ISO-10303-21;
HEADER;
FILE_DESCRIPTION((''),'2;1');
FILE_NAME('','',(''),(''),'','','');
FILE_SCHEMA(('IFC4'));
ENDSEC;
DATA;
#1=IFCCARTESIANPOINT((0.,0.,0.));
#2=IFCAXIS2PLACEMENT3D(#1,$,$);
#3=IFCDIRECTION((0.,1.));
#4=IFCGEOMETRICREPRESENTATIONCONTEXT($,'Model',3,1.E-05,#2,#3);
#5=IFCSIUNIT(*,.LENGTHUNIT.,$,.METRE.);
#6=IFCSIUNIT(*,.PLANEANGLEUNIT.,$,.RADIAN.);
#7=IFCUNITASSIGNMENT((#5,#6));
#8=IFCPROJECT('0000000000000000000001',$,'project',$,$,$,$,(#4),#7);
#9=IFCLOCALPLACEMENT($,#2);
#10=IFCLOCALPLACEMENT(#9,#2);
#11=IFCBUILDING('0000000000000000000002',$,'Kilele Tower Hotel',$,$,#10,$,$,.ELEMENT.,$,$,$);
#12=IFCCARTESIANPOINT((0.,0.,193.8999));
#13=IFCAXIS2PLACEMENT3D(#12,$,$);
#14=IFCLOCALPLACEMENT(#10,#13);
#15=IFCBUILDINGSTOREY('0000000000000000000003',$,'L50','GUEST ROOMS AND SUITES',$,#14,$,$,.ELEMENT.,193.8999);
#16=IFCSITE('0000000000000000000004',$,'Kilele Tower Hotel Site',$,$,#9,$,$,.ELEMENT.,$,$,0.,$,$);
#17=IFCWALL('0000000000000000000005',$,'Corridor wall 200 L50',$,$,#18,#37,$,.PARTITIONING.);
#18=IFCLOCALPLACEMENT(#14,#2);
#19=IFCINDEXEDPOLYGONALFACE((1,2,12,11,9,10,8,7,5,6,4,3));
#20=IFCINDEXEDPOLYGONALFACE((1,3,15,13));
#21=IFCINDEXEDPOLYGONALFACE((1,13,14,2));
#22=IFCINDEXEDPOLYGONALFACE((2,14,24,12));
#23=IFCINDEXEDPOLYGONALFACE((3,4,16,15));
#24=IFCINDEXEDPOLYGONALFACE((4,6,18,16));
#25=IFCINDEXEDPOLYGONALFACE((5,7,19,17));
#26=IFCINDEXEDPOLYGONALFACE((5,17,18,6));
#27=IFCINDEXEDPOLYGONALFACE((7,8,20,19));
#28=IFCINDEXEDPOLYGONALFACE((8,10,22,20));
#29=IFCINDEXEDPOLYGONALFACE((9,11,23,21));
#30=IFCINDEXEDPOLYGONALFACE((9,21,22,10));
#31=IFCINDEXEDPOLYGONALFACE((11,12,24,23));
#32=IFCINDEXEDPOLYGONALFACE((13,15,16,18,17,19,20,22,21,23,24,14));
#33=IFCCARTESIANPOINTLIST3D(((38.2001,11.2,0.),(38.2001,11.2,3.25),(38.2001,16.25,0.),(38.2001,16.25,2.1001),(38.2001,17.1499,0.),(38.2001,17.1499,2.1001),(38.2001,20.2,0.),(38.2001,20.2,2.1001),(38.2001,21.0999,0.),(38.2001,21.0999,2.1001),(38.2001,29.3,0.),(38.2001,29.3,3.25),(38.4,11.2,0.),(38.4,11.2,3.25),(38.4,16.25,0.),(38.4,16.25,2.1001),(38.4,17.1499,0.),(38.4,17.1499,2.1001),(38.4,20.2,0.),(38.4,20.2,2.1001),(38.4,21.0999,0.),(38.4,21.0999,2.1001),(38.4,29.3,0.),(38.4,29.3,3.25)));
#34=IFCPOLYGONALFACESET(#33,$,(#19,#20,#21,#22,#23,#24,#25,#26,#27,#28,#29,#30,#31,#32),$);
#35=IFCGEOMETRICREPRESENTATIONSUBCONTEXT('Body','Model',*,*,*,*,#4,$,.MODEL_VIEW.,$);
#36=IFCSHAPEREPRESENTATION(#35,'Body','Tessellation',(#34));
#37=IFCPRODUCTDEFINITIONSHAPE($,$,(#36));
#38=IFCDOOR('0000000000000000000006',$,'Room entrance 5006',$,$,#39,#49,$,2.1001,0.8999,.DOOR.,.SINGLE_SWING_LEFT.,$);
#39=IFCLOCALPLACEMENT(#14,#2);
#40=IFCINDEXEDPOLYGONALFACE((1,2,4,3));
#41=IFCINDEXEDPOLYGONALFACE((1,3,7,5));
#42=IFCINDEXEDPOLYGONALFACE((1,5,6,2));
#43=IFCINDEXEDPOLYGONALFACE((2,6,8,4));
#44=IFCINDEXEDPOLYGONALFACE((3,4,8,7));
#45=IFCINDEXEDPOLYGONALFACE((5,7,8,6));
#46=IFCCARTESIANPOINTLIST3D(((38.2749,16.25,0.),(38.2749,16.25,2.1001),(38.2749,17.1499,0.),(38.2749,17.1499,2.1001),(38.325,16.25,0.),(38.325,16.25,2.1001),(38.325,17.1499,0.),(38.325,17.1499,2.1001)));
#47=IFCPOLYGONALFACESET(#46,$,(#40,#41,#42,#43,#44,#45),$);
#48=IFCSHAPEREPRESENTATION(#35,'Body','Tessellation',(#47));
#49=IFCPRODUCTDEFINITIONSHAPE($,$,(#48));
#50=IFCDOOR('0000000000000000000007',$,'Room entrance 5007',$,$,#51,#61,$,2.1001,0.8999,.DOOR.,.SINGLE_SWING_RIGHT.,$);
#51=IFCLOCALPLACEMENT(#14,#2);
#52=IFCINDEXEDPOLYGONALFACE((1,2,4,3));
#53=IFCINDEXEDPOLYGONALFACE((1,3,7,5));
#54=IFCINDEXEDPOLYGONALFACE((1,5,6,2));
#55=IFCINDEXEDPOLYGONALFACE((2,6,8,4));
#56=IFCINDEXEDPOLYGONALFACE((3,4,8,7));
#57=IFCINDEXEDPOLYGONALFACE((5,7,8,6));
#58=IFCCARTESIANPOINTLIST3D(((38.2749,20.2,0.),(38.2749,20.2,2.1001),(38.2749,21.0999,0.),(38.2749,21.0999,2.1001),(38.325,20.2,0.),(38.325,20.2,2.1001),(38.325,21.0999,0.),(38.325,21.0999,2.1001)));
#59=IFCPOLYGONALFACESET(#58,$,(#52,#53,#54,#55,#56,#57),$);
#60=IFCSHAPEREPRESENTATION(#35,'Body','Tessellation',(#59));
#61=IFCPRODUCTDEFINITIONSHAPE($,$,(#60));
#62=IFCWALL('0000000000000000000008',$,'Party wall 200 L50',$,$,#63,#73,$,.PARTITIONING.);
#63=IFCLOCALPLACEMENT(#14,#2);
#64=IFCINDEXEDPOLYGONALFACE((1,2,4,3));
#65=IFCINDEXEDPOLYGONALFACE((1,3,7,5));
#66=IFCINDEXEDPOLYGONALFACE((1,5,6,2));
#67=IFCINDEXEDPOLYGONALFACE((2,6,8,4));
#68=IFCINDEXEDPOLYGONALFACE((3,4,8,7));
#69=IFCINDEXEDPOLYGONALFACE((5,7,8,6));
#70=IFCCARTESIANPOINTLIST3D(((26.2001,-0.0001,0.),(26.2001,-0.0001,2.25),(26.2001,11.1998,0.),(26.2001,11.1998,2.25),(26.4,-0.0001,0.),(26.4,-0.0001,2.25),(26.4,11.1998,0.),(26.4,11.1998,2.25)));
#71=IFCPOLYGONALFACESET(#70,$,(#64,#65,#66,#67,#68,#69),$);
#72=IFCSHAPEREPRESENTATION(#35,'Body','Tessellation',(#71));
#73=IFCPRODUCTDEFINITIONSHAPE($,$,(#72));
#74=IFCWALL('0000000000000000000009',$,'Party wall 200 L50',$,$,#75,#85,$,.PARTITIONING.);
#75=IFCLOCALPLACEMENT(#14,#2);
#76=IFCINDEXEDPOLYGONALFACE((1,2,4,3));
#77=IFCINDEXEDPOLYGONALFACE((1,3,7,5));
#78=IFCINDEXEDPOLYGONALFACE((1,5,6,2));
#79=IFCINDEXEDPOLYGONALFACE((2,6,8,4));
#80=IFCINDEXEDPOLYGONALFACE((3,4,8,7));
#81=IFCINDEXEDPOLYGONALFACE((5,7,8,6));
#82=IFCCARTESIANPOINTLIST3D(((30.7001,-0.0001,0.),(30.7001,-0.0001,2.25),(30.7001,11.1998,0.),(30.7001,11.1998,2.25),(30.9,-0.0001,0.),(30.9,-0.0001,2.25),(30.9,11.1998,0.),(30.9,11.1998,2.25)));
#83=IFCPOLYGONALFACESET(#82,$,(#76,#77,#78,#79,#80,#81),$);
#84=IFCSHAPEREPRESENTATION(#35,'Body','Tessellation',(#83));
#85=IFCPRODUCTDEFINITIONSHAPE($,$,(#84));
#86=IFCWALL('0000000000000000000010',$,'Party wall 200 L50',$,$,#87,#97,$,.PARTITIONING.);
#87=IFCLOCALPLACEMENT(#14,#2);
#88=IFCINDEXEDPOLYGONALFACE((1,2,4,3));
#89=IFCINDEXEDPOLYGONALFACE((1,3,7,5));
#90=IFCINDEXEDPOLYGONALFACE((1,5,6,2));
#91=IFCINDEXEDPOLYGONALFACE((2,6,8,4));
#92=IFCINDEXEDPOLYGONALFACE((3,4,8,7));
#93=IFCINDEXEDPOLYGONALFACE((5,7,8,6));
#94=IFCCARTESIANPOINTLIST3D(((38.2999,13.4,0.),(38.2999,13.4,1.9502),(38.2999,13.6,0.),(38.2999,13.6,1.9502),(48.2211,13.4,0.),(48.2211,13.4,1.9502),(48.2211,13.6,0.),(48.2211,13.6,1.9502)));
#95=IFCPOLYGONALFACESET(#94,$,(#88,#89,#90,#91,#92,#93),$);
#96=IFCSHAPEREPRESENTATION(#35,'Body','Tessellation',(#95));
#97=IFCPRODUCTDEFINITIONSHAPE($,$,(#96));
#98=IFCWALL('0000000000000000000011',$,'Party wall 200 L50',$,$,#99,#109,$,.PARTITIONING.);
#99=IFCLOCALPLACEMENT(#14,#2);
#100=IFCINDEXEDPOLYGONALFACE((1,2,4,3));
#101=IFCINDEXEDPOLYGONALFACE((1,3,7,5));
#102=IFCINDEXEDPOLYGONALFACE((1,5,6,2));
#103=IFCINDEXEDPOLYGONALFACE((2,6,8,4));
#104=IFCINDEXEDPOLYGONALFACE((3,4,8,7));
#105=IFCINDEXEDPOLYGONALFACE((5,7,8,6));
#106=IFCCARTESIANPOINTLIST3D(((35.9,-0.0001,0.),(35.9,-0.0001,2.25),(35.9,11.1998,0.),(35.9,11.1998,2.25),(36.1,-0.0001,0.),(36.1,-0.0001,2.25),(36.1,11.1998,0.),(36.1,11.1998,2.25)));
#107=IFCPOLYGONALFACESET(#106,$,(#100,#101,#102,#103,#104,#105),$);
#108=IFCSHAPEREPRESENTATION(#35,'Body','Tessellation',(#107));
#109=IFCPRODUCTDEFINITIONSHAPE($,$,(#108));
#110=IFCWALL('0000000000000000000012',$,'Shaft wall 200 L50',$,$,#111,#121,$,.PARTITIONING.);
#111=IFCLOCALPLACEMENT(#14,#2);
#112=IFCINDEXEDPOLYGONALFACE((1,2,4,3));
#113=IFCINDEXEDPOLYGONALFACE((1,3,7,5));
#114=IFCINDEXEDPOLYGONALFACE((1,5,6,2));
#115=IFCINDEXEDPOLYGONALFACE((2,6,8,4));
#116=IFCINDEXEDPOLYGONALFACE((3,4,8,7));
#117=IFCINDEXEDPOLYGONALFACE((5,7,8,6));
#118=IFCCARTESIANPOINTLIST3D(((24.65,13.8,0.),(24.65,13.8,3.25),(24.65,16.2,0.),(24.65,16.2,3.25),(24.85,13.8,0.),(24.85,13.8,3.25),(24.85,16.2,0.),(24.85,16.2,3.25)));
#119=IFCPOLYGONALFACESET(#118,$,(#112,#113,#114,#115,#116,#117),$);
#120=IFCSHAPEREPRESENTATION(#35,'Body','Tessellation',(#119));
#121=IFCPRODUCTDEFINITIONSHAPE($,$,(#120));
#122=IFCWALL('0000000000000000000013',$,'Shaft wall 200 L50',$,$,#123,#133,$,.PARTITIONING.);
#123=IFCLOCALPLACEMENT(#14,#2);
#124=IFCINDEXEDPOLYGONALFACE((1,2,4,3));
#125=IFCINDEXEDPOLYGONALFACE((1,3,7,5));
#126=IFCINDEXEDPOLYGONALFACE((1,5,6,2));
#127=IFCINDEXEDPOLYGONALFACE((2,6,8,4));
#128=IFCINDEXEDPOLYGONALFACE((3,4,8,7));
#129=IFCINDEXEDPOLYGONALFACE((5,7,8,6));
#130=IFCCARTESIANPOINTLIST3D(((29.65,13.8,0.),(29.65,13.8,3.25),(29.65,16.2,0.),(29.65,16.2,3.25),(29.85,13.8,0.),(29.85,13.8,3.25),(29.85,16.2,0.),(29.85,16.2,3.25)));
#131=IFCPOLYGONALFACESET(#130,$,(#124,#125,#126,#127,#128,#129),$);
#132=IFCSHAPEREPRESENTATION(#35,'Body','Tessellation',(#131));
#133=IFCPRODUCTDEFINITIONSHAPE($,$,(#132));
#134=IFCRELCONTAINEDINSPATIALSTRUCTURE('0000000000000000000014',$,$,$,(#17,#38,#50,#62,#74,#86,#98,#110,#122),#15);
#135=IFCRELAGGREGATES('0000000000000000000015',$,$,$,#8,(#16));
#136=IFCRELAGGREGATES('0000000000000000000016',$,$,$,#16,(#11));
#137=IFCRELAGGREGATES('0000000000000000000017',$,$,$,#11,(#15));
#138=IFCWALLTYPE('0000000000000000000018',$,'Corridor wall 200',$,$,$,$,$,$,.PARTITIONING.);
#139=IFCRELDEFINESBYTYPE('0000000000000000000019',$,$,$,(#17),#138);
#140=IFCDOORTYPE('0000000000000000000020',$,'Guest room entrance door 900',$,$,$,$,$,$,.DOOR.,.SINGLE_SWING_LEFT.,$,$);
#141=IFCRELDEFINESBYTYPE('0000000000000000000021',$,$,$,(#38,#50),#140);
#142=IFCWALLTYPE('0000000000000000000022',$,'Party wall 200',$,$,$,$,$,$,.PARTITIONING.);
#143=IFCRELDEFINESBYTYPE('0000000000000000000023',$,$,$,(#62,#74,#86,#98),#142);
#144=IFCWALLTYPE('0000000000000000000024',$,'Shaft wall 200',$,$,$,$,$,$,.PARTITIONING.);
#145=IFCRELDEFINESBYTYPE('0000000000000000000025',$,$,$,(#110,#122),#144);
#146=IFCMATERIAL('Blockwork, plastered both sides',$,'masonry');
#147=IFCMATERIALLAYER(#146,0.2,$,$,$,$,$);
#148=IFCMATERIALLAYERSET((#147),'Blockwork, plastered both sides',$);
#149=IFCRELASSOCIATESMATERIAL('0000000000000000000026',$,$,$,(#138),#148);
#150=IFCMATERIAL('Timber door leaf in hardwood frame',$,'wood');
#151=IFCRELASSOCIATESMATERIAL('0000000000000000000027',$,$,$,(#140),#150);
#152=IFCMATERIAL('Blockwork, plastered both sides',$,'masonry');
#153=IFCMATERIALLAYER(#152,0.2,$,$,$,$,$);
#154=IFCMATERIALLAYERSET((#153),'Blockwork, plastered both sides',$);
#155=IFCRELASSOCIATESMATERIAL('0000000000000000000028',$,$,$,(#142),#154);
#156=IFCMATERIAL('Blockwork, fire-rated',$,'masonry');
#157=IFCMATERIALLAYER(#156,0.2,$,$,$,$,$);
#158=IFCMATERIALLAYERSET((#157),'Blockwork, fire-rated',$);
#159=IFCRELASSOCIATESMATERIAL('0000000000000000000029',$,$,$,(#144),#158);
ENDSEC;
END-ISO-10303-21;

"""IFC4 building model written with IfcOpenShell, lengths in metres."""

from ifc_helpers import new_model, si_unit, direction, frame, frame_2d, origin, place, context, subcontext, project, spatial, rectangle, extrude, material, layer, layer_set, type_object, element, fill, save


model = new_model("IFC4")

# Units and contexts
model_context = context("Model", 3, precision=1e-05, world=origin(), true_north=direction((0.0, 1.0)))
body_context = subcontext(model_context, "Body", "Model", "MODEL_VIEW")
ifc_project = project(units=[si_unit("LENGTHUNIT", "METRE"), si_unit("PLANEANGLEUNIT", "RADIAN")], contexts=[model_context])

# Site, building, storey
site_placement = place(None, origin())
site = spatial("IfcSite", under=ifc_project, at=site_placement, Name="Kilele Tower Hotel Site", CompositionType="ELEMENT", RefElevation=0.0)
building_placement = place(site_placement, origin())
building = spatial("IfcBuilding", under=site, at=building_placement, Name="Kilele Tower Hotel", CompositionType="ELEMENT")
storey_placement = place(building_placement, frame((0.0, 0.0, 193.8999)))
storey = spatial("IfcBuildingStorey", under=building, at=storey_placement, Name="L50", Description="GUEST ROOMS AND SUITES", CompositionType="ELEMENT", Elevation=193.8999)

# Wall, openings, doors
ifc_material_1 = material(Name="Blockwork, plastered both sides", Category="masonry")
ifc_layer_1 = layer(ifc_material_1, 0.2)
ifc_layer_set_1 = layer_set([ifc_layer_1], Name="Blockwork, plastered both sides")
wall_type_1 = type_object("IfcWallType", Name="Corridor wall 200", PredefinedType="PARTITIONING", material=ifc_layer_set_1)
wall_1_placement = place(storey_placement, frame((38.3, 11.2, 0.0), z_axis=(0.0, 0.0, 1.0), x_axis=(0.0, 1.0, 0.0)))
wall_1 = element("IfcWall", 1, at=wall_1_placement, inside=storey, type_object=wall_type_1, Name="Corridor wall 200 L50", PredefinedType="PARTITIONING", context=body_context, shape_type="SweptSolid", body=[
    extrude(rectangle(XDim=18.1001, YDim=0.2, at=frame_2d((9.05, 0.0))), origin(), (0.0, 0.0, 1.0), 3.25),
])
opening_1_placement = place(wall_1_placement, frame((5.95, 0.0, 0.0), z_axis=(0.0, 0.0, 1.0), x_axis=(-1.0, 0.0, 0.0)))
opening_1 = element("IfcOpeningElement", 2, at=opening_1_placement, cuts=wall_1, PredefinedType="OPENING", context=body_context, shape_type="SweptSolid", body=[
    extrude(rectangle(XDim=0.8999, YDim=2.1001, at=frame_2d((0.45, 1.05))), frame((0.0, 0.1099, 0.0), z_axis=(0.0, -1.0, 0.0), x_axis=(1.0, 0.0, 0.0)), (0.0, 0.0, 1.0), 0.22),
])
opening_2_placement = place(wall_1_placement, frame((9.8999, 0.0, 0.0), z_axis=(0.0, 0.0, 1.0), x_axis=(-1.0, 0.0, 0.0)))
opening_2 = element("IfcOpeningElement", 3, at=opening_2_placement, cuts=wall_1, PredefinedType="OPENING", context=body_context, shape_type="SweptSolid", body=[
    extrude(rectangle(XDim=0.8999, YDim=2.1001, at=frame_2d((0.45, 1.05))), frame((0.0, 0.1099, 0.0), z_axis=(0.0, -1.0, 0.0), x_axis=(1.0, 0.0, 0.0)), (0.0, 0.0, 1.0), 0.22),
])
ifc_material_2 = material(Name="Timber door leaf in hardwood frame", Category="wood")
door_type_1 = type_object("IfcDoorType", Name="Guest room entrance door 900", OperationType="SINGLE_SWING_LEFT", PredefinedType="DOOR", material=ifc_material_2)
door_1_placement = place(opening_1_placement, origin())
door_1 = element("IfcDoor", 4, at=door_1_placement, inside=storey, type_object=door_type_1, Name="Room entrance 5006", OperationType="SINGLE_SWING_LEFT", OverallHeight=2.1001, OverallWidth=0.8999, PredefinedType="DOOR", context=body_context, shape_type="SweptSolid", body=[
    extrude(rectangle(XDim=0.8999, YDim=2.1001, at=frame_2d((0.45, 1.05))), frame((0.0, 0.0249, 0.0), z_axis=(0.0, -1.0, 0.0), x_axis=(1.0, 0.0, 0.0)), (0.0, 0.0, 1.0), 0.05),
])
fill(opening_1, door_1)
door_2_placement = place(opening_2_placement, origin())
door_2 = element("IfcDoor", 5, at=door_2_placement, inside=storey, type_object=door_type_1, Name="Room entrance 5007", OperationType="SINGLE_SWING_RIGHT", OverallHeight=2.1001, OverallWidth=0.8999, PredefinedType="DOOR", context=body_context, shape_type="SweptSolid", body=[
    extrude(rectangle(XDim=0.8999, YDim=2.1001, at=frame_2d((0.45, 1.05))), frame((0.0, 0.0249, 0.0), z_axis=(0.0, -1.0, 0.0), x_axis=(1.0, 0.0, 0.0)), (0.0, 0.0, 1.0), 0.05),
])
fill(opening_2, door_2)

# Walls
ifc_material_3 = material(Name="Blockwork, plastered both sides", Category="masonry")
ifc_layer_2 = layer(ifc_material_3, 0.2)
ifc_layer_set_2 = layer_set([ifc_layer_2], Name="Blockwork, plastered both sides")
wall_type_2 = type_object("IfcWallType", Name="Party wall 200", PredefinedType="PARTITIONING", material=ifc_layer_set_2)
for number, where, z_axis, x_axis, name in (
    (6, (26.3, 11.2, 0.0), (0.0, 0.0, 1.0), (0.0, -1.0, 0.0), "Party wall 200 L50"),
    (7, (30.8, 11.2, 0.0), (0.0, 0.0, 1.0), (0.0, -1.0, 0.0), "Party wall 200 L50"),
):
    element("IfcWall", number, at=place(storey_placement, frame(where, z_axis=z_axis, x_axis=x_axis)), inside=storey, type_object=wall_type_2, Name=name, PredefinedType="PARTITIONING", context=body_context, shape_type="SweptSolid", body=[
        extrude(rectangle(XDim=11.2, YDim=0.2, at=frame_2d((5.6001, 0.0))), origin(), (0.0, 0.0, 1.0), 2.25),
    ])
wall_2_placement = place(storey_placement, frame((38.3, 13.5, 0.0), z_axis=(0.0, 0.0, 1.0), x_axis=(1.0, 0.0, 0.0)))
element("IfcWall", 8, at=wall_2_placement, inside=storey, type_object=wall_type_2, Name="Party wall 200 L50", PredefinedType="PARTITIONING", context=body_context, shape_type="SweptSolid", body=[
    extrude(rectangle(XDim=9.9211, YDim=0.2, at=frame_2d((4.9604, 0.0))), origin(), (0.0, 0.0, 1.0), 1.9502),
])
wall_3_placement = place(storey_placement, frame((36.0, 11.2, 0.0), z_axis=(0.0, 0.0, 1.0), x_axis=(0.0, -1.0, 0.0)))
element("IfcWall", 9, at=wall_3_placement, inside=storey, type_object=wall_type_2, Name="Party wall 200 L50", PredefinedType="PARTITIONING", context=body_context, shape_type="SweptSolid", body=[
    extrude(rectangle(XDim=11.2, YDim=0.2, at=frame_2d((5.6001, 0.0))), origin(), (0.0, 0.0, 1.0), 2.25),
])
ifc_material_4 = material(Name="Blockwork, fire-rated", Category="masonry")
ifc_layer_3 = layer(ifc_material_4, 0.2)
ifc_layer_set_3 = layer_set([ifc_layer_3], Name="Blockwork, fire-rated")
wall_type_3 = type_object("IfcWallType", Name="Shaft wall 200", PredefinedType="PARTITIONING", material=ifc_layer_set_3)
for number, where, z_axis, x_axis, name in (
    (10, (24.75, 13.8, 0.0), (0.0, 0.0, 1.0), (0.0, 1.0, 0.0), "Shaft wall 200 L50"),
    (11, (29.75, 13.8, 0.0), (0.0, 0.0, 1.0), (0.0, 1.0, 0.0), "Shaft wall 200 L50"),
):
    element("IfcWall", number, at=place(storey_placement, frame(where, z_axis=z_axis, x_axis=x_axis)), inside=storey, type_object=wall_type_3, Name=name, PredefinedType="PARTITIONING", context=body_context, shape_type="SweptSolid", body=[
        extrude(rectangle(XDim=2.3999, YDim=0.2, at=frame_2d((1.2, 0.0))), origin(), (0.0, 0.0, 1.0), 3.25),
    ])

save(model, "model.ifc")
